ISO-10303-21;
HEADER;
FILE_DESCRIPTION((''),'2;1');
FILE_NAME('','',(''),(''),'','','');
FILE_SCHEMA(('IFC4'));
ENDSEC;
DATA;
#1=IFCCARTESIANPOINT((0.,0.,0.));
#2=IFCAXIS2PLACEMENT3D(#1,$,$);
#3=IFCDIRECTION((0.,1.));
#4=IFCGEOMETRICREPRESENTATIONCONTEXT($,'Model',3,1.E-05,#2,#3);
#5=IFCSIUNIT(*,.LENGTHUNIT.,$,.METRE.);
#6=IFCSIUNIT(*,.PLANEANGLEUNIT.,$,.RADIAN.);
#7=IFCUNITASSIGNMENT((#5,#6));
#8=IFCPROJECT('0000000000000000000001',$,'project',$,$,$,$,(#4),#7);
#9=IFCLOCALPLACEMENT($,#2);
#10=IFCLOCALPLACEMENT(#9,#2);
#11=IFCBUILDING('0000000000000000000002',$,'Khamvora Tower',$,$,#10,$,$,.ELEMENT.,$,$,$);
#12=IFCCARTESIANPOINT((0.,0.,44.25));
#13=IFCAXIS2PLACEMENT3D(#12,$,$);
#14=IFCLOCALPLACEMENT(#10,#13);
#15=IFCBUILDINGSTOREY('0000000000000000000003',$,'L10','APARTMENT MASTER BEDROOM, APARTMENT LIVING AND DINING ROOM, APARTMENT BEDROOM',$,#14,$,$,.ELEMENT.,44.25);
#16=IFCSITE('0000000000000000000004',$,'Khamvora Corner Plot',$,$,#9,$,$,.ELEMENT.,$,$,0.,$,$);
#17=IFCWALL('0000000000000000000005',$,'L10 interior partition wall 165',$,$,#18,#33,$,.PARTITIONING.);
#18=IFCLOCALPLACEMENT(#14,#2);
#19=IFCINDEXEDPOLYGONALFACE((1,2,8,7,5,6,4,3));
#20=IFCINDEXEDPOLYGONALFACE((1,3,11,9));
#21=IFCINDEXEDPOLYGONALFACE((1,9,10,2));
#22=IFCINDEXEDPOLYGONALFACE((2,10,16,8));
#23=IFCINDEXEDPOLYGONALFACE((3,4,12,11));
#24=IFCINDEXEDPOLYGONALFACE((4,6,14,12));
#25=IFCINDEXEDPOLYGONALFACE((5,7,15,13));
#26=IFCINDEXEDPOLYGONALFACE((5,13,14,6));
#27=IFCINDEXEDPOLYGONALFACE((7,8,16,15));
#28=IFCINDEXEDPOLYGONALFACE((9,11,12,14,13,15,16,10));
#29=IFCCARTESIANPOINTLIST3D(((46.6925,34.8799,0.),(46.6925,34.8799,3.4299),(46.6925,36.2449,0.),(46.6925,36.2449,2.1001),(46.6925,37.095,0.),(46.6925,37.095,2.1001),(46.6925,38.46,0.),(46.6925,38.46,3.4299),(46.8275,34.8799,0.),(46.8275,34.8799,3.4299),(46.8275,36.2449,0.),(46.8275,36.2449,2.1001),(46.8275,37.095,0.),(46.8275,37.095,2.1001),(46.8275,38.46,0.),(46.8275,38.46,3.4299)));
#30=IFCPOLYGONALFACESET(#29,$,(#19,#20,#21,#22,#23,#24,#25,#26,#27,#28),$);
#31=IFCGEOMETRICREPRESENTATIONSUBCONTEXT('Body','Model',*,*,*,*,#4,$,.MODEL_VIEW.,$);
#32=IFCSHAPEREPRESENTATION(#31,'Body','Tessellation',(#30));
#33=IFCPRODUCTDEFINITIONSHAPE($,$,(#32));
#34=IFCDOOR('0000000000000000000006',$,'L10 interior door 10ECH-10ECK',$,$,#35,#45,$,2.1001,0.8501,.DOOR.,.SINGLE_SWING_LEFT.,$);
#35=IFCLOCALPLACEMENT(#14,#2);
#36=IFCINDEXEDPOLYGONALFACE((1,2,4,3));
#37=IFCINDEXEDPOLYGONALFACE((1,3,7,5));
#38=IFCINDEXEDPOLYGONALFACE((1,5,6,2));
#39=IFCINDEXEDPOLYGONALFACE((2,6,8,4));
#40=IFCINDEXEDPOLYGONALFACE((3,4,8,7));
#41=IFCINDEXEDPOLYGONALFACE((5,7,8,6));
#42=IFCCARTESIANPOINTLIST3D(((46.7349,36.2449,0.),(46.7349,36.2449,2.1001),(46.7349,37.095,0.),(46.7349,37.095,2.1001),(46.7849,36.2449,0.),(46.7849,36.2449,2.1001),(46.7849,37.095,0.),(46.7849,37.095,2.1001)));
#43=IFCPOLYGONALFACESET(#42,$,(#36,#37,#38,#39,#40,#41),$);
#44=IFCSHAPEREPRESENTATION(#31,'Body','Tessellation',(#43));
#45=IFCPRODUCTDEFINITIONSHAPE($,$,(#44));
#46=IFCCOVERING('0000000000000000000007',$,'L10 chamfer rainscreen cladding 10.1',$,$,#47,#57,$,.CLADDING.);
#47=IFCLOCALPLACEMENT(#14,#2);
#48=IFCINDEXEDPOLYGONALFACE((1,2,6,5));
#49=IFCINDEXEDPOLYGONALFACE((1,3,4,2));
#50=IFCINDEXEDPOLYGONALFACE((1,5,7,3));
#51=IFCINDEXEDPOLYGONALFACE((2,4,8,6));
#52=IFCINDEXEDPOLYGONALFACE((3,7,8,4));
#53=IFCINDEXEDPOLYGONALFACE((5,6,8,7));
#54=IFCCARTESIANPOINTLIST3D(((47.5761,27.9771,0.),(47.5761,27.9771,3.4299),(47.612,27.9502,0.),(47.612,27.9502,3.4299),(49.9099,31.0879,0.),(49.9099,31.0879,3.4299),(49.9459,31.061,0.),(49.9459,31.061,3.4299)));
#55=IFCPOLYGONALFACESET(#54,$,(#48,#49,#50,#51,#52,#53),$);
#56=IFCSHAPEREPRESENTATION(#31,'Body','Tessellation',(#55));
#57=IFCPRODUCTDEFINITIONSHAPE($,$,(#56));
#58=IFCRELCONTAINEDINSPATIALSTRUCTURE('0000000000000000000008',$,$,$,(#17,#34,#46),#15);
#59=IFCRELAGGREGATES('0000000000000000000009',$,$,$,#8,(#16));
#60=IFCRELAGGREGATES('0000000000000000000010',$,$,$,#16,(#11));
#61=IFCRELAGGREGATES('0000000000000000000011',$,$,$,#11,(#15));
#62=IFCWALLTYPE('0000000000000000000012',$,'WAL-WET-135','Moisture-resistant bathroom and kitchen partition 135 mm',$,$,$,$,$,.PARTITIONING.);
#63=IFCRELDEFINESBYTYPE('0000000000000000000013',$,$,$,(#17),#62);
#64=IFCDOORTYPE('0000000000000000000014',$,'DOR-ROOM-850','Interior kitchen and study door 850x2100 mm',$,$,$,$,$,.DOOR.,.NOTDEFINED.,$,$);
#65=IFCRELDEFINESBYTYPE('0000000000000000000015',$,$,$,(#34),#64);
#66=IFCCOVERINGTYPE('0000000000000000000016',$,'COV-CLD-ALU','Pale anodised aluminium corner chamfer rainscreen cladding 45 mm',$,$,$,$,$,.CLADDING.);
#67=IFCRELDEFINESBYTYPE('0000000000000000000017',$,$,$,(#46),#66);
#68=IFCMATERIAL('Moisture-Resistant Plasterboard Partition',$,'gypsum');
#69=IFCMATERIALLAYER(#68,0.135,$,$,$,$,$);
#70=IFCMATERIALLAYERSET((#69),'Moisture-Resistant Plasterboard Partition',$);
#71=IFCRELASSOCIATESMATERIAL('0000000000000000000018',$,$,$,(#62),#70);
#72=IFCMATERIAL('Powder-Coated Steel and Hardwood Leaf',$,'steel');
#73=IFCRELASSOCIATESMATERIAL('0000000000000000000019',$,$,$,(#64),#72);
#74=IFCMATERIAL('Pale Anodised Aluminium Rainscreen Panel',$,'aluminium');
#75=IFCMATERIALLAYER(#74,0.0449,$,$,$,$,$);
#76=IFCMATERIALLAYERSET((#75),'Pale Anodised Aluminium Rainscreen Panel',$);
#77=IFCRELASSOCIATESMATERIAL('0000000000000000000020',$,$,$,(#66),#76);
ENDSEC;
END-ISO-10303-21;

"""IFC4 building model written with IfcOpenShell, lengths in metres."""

from ifc_helpers import new_model, si_unit, direction, frame, frame_2d, origin, origin_2d, place, context, subcontext, project, spatial, rectangle, extrude, material, layer, layer_set, type_object, element, fill, save


model = new_model("IFC4")

# Units and contexts
model_context = context("Model", 3, precision=1e-05, world=origin(), true_north=direction((0.0, 1.0)))
body_context = subcontext(model_context, "Body", "Model", "MODEL_VIEW")
ifc_project = project(units=[si_unit("LENGTHUNIT", "METRE"), si_unit("PLANEANGLEUNIT", "RADIAN")], contexts=[model_context])

# Site, building, storey
site_placement = place(None, origin())
site = spatial("IfcSite", under=ifc_project, at=site_placement, Name="Khamvora Corner Plot", CompositionType="ELEMENT", RefElevation=0.0)
building_placement = place(site_placement, origin())
building = spatial("IfcBuilding", under=site, at=building_placement, Name="Khamvora Tower", CompositionType="ELEMENT")
storey_placement = place(building_placement, frame((0.0, 0.0, 44.25)))
storey = spatial("IfcBuildingStorey", under=building, at=storey_placement, Name="L10", Description="APARTMENT MASTER BEDROOM, APARTMENT LIVING AND DINING ROOM, APARTMENT BEDROOM", CompositionType="ELEMENT", Elevation=44.25)

# Shared definitions
ifc_material_1 = material(Name="Powder-Coated Steel and Hardwood Leaf", Category="steel")

# Shared definitions
ifc_material_2 = material(Name="Moisture-Resistant Plasterboard Partition", Category="gypsum")
ifc_layer_1 = layer(ifc_material_2, 0.135)
ifc_layer_set_1 = layer_set([ifc_layer_1], Name="Moisture-Resistant Plasterboard Partition")
wall_type_1 = type_object("IfcWallType", Name="WAL-WET-135", Description="Moisture-resistant bathroom and kitchen partition 135 mm", PredefinedType="PARTITIONING", material=ifc_layer_set_1)

# Wall, opening, door
wall_1_placement = place(storey_placement, frame((46.76, 38.46, 0.0), z_axis=(0.0, 0.0, 1.0), x_axis=(0.0, -1.0, 0.0)))
wall_1 = element("IfcWall", 1, at=wall_1_placement, inside=storey, type_object=wall_type_1, Name="L10 interior partition wall 165", PredefinedType="PARTITIONING", context=body_context, shape_type="SweptSolid", body=[
    extrude(rectangle(XDim=3.5801, YDim=0.135, at=frame_2d((1.79, 0.0))), origin(), (0.0, 0.0, 1.0), 3.4299),
])
opening_1_placement = place(wall_1_placement, frame((1.365, 0.0, 0.0)))
opening_1 = element("IfcOpeningElement", 2, at=opening_1_placement, cuts=wall_1, PredefinedType="OPENING", context=body_context, shape_type="SweptSolid", body=[
    extrude(rectangle(XDim=0.8501, YDim=2.1001, at=frame_2d((0.425, 1.05))), frame((0.0, 0.0774, 0.0), z_axis=(0.0, -1.0, 0.0), x_axis=(1.0, 0.0, 0.0)), (0.0, 0.0, 1.0), 0.155),
])
door_type_1 = type_object("IfcDoorType", Name="DOR-ROOM-850", Description="Interior kitchen and study door 850x2100 mm", OperationType="NOTDEFINED", PredefinedType="DOOR", material=ifc_material_1)
door_1_placement = place(opening_1_placement, origin())
door_1 = element("IfcDoor", 3, at=door_1_placement, inside=storey, type_object=door_type_1, Name="L10 interior door 10ECH-10ECK", OperationType="SINGLE_SWING_LEFT", OverallHeight=2.1001, OverallWidth=0.8501, PredefinedType="DOOR", context=body_context, shape_type="SweptSolid", body=[
    extrude(rectangle(XDim=0.8501, YDim=2.1001, at=frame_2d((0.425, 1.05))), frame((0.0, 0.0249, 0.0), z_axis=(0.0, -1.0, 0.0), x_axis=(1.0, 0.0, 0.0)), (0.0, 0.0, 1.0), 0.05),
])
fill(opening_1, door_1)

# Covering
ifc_material_3 = material(Name="Pale Anodised Aluminium Rainscreen Panel", Category="aluminium")
ifc_layer_2 = layer(ifc_material_3, 0.0449)
ifc_layer_set_2 = layer_set([ifc_layer_2], Name="Pale Anodised Aluminium Rainscreen Panel")
covering_type = type_object("IfcCoveringType", Name="COV-CLD-ALU", Description="Pale anodised aluminium corner chamfer rainscreen cladding 45 mm", PredefinedType="CLADDING", material=ifc_layer_set_2)
covering_placement = place(storey_placement, frame((48.761, 29.519, 0.0), z_axis=(0.0, 0.0, 1.0), x_axis=(-0.60012, -0.79991, 0.0)))
element("IfcCovering", 4, at=covering_placement, inside=storey, type_object=covering_type, Name="L10 chamfer rainscreen cladding 10.1", PredefinedType="CLADDING", context=body_context, shape_type="SweptSolid", body=[
    extrude(rectangle(XDim=3.8889, YDim=0.0449, at=origin_2d()), origin(), (0.0, 0.0, 1.0), 3.4299),
])

save(model, "model.ifc")
